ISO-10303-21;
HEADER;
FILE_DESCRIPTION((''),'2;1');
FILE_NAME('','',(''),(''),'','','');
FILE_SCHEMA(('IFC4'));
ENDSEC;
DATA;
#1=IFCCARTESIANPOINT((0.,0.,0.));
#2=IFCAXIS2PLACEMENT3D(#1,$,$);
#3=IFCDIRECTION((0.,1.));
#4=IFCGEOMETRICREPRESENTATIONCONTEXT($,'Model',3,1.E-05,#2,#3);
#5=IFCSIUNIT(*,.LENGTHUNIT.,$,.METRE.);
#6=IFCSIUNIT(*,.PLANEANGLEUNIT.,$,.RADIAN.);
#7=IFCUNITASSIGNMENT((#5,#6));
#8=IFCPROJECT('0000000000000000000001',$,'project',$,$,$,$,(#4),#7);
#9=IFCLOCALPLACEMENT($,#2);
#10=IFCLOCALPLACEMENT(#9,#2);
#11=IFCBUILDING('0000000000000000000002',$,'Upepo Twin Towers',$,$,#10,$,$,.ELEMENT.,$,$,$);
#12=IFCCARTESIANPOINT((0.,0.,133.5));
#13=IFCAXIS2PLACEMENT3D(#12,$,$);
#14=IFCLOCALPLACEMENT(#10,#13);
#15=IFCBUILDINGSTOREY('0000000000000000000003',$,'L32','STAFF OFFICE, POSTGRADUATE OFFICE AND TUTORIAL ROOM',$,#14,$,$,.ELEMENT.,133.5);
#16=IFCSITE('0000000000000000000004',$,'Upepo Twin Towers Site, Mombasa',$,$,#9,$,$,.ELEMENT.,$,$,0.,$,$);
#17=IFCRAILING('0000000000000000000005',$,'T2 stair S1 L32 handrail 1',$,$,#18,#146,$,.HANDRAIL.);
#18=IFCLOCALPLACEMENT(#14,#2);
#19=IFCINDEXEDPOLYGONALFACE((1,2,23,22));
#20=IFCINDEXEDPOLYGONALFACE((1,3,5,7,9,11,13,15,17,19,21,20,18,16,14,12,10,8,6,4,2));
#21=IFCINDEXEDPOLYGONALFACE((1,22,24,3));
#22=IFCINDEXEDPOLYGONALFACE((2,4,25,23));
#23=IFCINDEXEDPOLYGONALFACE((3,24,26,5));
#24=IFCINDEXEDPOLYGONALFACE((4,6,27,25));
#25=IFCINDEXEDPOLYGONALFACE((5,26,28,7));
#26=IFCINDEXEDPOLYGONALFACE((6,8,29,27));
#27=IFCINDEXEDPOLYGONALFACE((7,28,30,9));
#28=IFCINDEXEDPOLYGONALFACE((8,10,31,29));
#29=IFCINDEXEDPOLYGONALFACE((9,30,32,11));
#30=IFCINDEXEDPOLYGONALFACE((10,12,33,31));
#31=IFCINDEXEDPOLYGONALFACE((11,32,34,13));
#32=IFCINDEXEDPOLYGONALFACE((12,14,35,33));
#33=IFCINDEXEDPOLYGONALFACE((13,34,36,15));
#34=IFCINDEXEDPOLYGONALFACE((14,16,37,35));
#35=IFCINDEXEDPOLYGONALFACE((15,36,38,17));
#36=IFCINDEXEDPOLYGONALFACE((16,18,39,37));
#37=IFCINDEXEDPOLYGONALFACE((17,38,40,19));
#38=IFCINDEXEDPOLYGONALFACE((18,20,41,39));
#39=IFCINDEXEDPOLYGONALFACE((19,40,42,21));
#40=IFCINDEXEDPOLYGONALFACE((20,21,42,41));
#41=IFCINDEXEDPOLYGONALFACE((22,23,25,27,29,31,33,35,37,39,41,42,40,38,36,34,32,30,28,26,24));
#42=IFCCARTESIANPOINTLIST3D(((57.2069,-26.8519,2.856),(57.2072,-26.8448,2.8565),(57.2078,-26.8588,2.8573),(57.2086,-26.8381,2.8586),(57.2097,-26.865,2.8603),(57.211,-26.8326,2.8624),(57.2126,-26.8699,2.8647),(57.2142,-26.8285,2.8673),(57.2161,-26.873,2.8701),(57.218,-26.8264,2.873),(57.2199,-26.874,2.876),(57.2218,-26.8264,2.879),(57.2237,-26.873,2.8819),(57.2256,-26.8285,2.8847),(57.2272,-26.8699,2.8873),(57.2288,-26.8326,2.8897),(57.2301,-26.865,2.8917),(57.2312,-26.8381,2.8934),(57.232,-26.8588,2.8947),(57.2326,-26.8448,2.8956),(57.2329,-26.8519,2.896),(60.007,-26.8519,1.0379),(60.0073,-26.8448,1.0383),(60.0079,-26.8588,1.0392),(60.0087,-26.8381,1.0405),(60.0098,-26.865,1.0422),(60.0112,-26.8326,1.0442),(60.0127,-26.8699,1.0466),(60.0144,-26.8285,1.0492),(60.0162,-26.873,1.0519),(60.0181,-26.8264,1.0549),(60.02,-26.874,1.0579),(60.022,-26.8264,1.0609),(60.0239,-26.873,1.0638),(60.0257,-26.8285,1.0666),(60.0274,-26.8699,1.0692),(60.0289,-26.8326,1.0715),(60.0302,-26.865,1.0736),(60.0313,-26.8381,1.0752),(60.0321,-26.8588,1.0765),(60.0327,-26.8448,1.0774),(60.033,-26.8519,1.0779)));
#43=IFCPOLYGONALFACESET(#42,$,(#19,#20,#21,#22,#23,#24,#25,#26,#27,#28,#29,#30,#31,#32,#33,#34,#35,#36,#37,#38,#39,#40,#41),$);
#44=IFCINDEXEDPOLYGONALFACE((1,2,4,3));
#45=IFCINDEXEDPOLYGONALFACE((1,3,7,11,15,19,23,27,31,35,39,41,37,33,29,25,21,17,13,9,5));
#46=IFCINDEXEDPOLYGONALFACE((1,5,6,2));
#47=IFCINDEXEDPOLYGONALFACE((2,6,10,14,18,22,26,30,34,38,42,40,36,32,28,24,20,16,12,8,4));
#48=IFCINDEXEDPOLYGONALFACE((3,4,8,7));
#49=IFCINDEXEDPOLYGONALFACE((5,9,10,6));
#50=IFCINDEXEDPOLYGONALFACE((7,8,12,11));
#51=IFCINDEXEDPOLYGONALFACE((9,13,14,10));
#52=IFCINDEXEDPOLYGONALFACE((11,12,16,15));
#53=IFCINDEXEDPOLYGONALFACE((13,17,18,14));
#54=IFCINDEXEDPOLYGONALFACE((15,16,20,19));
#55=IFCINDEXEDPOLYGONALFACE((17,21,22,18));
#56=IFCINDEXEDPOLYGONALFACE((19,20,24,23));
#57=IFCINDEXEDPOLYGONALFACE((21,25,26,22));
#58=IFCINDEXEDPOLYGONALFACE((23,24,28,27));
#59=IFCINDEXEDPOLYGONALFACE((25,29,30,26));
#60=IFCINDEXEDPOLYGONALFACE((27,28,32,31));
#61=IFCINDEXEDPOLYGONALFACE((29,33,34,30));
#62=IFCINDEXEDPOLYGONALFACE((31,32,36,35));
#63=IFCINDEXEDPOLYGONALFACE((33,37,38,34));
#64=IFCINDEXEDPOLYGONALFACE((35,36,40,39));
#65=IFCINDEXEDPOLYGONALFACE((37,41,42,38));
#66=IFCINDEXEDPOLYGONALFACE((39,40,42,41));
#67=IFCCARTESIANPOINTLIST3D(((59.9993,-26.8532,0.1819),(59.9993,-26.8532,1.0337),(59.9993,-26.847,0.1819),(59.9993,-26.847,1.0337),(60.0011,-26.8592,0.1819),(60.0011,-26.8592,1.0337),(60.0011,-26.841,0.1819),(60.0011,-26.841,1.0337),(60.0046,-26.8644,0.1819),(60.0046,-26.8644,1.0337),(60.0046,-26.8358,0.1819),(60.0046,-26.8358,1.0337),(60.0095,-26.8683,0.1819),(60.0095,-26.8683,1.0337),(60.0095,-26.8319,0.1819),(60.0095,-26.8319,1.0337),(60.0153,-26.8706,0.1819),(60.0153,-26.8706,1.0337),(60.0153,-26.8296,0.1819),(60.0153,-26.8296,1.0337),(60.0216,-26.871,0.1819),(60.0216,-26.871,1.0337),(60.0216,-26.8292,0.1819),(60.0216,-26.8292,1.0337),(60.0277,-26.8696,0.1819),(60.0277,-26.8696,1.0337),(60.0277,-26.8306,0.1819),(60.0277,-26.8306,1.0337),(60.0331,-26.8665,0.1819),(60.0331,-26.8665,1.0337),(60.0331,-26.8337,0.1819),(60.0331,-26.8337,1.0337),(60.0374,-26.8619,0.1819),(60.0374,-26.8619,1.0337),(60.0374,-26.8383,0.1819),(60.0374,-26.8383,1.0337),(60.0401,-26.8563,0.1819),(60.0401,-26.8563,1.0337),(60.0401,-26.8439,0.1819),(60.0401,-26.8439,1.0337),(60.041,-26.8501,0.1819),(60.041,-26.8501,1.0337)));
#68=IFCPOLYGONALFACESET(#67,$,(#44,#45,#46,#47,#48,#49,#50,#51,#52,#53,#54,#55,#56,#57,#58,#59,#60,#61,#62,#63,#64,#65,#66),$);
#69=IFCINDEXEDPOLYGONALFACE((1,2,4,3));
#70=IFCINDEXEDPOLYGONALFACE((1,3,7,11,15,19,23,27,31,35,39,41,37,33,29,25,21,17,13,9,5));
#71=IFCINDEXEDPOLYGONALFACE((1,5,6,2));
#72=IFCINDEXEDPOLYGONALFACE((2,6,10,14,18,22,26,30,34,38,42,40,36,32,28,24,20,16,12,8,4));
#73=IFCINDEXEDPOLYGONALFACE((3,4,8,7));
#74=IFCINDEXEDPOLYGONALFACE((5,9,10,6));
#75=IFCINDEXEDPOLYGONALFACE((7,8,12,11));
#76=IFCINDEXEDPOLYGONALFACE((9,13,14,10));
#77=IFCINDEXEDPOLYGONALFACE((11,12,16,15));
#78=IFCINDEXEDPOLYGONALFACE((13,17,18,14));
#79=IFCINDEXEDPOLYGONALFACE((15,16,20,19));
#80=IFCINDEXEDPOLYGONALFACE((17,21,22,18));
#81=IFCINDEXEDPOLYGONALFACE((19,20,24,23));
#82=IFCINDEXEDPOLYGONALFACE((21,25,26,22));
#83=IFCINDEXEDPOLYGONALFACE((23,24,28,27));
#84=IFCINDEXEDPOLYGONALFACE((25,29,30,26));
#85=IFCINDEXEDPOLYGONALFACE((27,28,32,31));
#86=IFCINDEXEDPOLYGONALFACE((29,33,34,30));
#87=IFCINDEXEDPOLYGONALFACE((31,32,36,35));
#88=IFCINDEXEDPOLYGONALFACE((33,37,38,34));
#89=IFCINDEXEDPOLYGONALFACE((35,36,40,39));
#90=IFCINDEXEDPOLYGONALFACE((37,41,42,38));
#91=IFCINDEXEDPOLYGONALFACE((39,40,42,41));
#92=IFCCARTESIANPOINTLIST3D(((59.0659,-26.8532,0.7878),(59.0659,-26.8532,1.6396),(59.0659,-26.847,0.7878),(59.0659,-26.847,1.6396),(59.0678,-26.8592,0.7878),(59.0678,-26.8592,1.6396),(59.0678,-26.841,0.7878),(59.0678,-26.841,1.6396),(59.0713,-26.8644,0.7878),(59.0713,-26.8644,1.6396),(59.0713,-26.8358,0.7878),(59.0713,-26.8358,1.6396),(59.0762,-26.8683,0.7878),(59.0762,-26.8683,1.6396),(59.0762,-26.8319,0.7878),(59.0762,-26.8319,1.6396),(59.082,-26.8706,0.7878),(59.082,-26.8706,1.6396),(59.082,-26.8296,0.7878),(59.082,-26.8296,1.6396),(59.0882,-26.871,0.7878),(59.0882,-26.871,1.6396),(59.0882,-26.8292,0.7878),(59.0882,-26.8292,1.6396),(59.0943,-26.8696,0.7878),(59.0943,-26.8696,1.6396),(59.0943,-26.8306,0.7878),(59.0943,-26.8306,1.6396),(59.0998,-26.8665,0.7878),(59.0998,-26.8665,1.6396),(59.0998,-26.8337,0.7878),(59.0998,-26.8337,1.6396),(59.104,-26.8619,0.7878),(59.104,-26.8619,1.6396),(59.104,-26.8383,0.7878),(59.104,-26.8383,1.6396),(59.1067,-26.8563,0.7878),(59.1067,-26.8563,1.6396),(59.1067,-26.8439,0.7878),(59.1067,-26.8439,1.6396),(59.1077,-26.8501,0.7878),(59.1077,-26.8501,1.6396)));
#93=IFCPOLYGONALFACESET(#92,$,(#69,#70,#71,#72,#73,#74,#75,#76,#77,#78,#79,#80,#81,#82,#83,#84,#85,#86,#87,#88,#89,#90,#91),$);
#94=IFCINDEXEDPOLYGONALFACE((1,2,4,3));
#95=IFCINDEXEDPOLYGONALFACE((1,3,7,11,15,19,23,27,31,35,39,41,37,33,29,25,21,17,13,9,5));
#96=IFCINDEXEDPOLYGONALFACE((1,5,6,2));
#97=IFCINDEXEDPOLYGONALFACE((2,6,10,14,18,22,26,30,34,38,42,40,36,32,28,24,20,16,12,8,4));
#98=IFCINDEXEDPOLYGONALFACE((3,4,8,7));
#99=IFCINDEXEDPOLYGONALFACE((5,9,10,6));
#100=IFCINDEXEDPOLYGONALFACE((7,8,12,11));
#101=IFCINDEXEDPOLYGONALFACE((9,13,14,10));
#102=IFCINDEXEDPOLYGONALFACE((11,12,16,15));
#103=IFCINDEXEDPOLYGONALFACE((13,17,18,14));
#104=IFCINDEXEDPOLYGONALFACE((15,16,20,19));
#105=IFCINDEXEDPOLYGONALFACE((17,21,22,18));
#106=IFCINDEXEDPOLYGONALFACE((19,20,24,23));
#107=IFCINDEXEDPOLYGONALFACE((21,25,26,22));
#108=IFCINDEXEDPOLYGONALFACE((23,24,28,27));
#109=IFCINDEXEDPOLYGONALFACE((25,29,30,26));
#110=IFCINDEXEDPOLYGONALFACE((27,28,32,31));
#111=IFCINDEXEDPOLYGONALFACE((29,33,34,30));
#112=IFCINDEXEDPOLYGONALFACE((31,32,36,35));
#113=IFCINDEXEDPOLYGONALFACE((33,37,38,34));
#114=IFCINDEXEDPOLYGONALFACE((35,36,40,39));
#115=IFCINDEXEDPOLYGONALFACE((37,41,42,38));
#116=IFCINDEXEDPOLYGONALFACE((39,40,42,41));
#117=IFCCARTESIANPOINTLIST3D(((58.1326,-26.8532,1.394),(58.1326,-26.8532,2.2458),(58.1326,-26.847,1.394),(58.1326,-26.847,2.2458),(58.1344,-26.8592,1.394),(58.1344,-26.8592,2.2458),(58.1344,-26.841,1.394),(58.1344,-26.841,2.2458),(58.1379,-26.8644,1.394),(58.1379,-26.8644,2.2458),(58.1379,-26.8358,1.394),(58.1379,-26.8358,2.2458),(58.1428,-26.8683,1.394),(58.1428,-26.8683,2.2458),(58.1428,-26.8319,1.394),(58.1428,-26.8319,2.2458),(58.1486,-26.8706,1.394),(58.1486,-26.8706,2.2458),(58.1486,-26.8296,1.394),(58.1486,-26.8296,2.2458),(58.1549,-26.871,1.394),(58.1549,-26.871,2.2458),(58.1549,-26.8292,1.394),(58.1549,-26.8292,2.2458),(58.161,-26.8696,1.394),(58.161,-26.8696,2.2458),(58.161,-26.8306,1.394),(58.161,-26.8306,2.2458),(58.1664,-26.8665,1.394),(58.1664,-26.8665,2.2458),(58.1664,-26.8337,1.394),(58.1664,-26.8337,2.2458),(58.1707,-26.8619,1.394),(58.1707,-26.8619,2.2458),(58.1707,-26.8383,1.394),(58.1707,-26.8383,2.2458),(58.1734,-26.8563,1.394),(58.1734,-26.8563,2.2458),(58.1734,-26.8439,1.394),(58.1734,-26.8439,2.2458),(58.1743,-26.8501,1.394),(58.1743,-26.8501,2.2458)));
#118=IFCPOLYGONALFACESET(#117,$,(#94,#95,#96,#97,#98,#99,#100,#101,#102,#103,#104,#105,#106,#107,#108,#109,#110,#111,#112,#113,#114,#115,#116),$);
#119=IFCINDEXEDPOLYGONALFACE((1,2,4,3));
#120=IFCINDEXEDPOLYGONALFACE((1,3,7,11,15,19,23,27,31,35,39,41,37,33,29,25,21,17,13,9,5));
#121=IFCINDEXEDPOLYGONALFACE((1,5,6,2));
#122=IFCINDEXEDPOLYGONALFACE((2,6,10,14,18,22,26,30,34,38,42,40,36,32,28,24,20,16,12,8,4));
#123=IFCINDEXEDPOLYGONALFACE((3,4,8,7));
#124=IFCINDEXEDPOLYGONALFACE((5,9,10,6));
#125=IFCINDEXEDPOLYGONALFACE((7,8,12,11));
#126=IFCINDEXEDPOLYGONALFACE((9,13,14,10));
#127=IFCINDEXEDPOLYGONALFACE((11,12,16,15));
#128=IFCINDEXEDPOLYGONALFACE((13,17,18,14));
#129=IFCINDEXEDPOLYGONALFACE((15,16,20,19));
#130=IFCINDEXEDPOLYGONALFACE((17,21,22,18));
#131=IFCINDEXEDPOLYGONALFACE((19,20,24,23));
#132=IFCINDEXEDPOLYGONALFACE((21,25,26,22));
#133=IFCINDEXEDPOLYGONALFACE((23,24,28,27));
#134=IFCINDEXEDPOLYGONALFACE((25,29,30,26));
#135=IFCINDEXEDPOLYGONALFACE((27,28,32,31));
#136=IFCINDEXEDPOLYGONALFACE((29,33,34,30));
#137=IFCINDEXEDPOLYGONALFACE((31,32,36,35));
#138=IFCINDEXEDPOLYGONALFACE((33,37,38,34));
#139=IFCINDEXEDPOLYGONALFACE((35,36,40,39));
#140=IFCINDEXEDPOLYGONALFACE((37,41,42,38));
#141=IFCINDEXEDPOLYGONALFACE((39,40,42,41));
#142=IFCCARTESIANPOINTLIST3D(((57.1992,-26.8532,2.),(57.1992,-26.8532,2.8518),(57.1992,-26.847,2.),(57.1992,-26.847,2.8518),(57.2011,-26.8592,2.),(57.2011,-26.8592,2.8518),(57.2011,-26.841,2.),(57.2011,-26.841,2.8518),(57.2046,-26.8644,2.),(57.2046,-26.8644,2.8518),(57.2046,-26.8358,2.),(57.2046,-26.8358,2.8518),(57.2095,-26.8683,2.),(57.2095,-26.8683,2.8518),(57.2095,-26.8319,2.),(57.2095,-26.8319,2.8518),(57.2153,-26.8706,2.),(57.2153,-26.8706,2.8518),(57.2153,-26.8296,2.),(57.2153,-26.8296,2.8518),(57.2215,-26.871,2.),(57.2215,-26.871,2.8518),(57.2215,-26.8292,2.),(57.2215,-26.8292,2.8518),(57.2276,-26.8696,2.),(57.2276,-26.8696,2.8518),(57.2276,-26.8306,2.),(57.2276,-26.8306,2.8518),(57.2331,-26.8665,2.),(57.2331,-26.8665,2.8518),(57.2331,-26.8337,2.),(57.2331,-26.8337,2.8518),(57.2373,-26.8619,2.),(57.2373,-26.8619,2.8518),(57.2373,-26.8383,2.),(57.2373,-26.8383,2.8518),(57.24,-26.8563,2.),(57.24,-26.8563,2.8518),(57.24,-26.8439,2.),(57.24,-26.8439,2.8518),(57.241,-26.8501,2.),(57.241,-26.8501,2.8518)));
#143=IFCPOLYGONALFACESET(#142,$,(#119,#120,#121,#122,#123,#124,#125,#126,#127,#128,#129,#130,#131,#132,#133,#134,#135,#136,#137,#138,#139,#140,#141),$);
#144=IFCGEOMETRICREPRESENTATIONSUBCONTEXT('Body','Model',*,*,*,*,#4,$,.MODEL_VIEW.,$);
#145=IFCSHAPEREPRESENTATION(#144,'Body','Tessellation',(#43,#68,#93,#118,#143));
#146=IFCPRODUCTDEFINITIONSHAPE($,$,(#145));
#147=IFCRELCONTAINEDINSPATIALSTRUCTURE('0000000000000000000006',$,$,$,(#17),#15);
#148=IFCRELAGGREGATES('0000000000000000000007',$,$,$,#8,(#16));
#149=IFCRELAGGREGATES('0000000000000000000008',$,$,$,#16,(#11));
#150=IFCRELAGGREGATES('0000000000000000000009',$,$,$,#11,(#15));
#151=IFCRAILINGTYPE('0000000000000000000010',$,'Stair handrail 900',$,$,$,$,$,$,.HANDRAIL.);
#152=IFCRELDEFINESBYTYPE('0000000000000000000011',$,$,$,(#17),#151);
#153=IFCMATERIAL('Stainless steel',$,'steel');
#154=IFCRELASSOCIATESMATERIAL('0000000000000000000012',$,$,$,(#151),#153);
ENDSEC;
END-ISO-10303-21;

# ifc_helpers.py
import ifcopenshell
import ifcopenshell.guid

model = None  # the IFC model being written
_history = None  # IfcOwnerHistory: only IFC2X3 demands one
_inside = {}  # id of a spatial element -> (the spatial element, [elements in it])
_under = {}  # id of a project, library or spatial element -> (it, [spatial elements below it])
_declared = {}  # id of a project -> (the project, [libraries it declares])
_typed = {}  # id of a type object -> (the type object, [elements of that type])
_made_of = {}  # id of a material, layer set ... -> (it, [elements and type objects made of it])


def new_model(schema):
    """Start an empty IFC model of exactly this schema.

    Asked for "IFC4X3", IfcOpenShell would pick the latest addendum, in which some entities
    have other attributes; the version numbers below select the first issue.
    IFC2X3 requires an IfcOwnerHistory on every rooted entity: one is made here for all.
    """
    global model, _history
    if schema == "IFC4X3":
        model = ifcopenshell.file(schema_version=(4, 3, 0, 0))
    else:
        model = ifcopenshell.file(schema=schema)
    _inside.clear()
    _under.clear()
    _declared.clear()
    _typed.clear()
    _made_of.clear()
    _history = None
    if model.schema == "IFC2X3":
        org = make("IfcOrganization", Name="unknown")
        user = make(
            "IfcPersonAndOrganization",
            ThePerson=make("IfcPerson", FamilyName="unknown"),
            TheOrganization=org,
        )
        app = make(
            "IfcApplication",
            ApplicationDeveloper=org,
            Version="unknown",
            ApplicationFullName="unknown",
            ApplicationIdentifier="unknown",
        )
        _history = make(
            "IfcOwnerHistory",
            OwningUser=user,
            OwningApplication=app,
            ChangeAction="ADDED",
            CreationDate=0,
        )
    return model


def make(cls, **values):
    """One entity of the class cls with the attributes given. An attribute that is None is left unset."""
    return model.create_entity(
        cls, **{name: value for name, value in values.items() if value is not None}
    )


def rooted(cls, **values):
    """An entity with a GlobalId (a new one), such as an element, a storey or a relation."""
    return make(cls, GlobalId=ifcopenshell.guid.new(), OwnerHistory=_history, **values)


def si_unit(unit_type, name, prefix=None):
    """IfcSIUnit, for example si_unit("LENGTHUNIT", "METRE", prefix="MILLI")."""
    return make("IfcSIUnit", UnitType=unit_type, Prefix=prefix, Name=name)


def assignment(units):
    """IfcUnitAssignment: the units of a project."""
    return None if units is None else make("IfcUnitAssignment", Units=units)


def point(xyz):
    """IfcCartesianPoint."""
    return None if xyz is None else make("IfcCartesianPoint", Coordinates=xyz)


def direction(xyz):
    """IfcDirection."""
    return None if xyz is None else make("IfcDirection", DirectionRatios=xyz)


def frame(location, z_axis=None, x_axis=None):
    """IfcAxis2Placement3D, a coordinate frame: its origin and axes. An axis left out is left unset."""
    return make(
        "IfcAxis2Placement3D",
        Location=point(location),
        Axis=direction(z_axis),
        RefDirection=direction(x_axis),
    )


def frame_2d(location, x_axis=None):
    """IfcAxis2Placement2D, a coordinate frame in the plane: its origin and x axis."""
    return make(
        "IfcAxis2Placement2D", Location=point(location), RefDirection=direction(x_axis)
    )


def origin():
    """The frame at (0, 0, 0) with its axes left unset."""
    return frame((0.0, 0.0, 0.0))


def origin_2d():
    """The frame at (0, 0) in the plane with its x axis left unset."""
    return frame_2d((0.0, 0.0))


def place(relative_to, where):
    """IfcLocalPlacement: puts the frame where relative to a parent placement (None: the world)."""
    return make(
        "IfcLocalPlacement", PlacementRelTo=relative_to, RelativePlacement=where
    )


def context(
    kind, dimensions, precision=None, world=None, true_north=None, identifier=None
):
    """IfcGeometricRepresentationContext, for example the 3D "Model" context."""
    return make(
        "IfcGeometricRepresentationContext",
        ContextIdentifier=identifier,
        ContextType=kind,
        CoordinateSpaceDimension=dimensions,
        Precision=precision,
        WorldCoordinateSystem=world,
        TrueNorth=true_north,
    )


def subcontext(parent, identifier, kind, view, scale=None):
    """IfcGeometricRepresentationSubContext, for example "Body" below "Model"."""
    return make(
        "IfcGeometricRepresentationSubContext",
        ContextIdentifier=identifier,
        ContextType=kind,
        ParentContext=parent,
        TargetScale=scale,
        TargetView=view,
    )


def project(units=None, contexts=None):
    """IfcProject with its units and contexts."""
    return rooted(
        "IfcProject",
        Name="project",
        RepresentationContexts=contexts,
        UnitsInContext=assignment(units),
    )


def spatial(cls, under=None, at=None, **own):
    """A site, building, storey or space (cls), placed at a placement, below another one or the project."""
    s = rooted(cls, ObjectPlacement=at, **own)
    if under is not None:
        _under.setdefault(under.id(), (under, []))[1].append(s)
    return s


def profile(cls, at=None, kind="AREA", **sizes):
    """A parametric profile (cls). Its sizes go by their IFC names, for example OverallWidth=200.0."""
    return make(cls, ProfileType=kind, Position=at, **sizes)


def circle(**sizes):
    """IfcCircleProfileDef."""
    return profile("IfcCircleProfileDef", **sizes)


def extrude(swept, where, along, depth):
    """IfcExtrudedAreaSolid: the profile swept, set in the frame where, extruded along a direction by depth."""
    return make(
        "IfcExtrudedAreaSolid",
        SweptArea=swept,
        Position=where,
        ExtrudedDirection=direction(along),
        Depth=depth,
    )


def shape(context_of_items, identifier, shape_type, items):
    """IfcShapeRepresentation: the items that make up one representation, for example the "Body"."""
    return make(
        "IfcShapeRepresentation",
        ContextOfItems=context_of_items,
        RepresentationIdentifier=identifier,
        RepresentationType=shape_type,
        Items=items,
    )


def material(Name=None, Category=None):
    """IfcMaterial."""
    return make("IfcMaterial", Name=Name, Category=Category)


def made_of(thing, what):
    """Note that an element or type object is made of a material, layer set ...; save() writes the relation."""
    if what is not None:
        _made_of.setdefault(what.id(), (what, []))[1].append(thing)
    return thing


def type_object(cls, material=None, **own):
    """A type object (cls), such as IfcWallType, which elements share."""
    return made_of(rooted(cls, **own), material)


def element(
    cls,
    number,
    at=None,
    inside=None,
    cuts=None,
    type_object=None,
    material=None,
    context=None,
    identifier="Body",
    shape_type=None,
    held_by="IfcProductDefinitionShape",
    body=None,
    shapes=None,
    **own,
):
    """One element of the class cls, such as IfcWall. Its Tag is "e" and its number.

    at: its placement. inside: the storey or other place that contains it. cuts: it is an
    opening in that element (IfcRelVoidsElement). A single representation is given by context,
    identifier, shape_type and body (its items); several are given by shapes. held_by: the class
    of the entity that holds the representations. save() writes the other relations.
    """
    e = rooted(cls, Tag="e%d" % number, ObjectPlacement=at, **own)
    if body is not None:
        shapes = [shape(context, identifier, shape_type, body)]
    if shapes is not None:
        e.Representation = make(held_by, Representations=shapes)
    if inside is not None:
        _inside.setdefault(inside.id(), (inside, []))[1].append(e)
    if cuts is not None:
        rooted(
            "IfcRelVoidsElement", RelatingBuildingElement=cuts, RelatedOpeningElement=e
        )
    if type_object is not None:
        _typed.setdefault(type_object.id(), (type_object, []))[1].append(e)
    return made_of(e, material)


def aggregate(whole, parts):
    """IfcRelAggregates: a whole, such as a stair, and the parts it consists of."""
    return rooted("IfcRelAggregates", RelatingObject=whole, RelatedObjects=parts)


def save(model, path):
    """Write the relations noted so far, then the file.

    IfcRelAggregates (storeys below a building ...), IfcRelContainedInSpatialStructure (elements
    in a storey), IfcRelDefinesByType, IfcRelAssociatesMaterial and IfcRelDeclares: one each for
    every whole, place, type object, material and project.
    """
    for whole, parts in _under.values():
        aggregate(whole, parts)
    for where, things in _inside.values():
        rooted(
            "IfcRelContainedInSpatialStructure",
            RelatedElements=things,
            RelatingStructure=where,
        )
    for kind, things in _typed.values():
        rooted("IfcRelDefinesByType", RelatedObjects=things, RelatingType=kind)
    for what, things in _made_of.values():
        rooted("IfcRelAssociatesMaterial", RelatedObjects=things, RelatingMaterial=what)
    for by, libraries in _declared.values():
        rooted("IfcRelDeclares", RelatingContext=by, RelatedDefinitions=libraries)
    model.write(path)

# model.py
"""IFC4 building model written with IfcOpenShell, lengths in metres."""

from ifc_helpers import new_model, si_unit, direction, frame, origin, origin_2d, place, context, subcontext, project, spatial, circle, extrude, material, type_object, element, save


model = new_model("IFC4")

# Units and contexts
model_context = context("Model", 3, precision=1e-05, world=origin(), true_north=direction((0.0, 1.0)))
body_context = subcontext(model_context, "Body", "Model", "MODEL_VIEW")
ifc_project = project(units=[si_unit("LENGTHUNIT", "METRE"), si_unit("PLANEANGLEUNIT", "RADIAN")], contexts=[model_context])

# Site, building, storey
site_placement = place(None, origin())
site = spatial("IfcSite", under=ifc_project, at=site_placement, Name="Upepo Twin Towers Site, Mombasa", CompositionType="ELEMENT", RefElevation=0.0)
building_placement = place(site_placement, origin())
building = spatial("IfcBuilding", under=site, at=building_placement, Name="Upepo Twin Towers", CompositionType="ELEMENT")
storey_placement = place(building_placement, frame((0.0, 0.0, 133.5)))
storey = spatial("IfcBuildingStorey", under=building, at=storey_placement, Name="L32", Description="STAFF OFFICE, POSTGRADUATE OFFICE AND TUTORIAL ROOM", CompositionType="ELEMENT", Elevation=133.5)

# Railing
ifc_material_1 = material(Name="Stainless steel", Category="steel")
railing_type = type_object("IfcRailingType", Name="Stair handrail 900", PredefinedType="HANDRAIL", material=ifc_material_1)
railing_1_placement = place(storey_placement, frame((60.02, -26.8501, 0.1819)))
element("IfcRailing", 1, at=railing_1_placement, inside=storey, type_object=railing_type, Name="T2 stair S1 L32 handrail 1", PredefinedType="HANDRAIL", context=body_context, shape_type="SweptSolid", body=[
    extrude(circle(Radius=0.0239, at=origin_2d()), frame((0.0, 0.0, 0.876), z_axis=(-0.838706, 0.0, 0.544585), x_axis=(0.0, -1.0, 0.0)), (0.0, 0.0, 1.0), 3.3386),
    extrude(circle(Radius=0.021, at=origin_2d()), origin(), (0.0, 0.0, 1.0), 0.8518),
    extrude(circle(Radius=0.021, at=origin_2d()), frame((-0.9333, 0.0, 0.606)), (0.0, 0.0, 1.0), 0.8518),
    extrude(circle(Radius=0.021, at=origin_2d()), frame((-1.8667, 0.0, 1.2122)), (0.0, 0.0, 1.0), 0.8518),
    extrude(circle(Radius=0.021, at=origin_2d()), frame((-2.8, 0.0, 1.8181)), (0.0, 0.0, 1.0), 0.8518),
])

save(model, "model.ifc")
